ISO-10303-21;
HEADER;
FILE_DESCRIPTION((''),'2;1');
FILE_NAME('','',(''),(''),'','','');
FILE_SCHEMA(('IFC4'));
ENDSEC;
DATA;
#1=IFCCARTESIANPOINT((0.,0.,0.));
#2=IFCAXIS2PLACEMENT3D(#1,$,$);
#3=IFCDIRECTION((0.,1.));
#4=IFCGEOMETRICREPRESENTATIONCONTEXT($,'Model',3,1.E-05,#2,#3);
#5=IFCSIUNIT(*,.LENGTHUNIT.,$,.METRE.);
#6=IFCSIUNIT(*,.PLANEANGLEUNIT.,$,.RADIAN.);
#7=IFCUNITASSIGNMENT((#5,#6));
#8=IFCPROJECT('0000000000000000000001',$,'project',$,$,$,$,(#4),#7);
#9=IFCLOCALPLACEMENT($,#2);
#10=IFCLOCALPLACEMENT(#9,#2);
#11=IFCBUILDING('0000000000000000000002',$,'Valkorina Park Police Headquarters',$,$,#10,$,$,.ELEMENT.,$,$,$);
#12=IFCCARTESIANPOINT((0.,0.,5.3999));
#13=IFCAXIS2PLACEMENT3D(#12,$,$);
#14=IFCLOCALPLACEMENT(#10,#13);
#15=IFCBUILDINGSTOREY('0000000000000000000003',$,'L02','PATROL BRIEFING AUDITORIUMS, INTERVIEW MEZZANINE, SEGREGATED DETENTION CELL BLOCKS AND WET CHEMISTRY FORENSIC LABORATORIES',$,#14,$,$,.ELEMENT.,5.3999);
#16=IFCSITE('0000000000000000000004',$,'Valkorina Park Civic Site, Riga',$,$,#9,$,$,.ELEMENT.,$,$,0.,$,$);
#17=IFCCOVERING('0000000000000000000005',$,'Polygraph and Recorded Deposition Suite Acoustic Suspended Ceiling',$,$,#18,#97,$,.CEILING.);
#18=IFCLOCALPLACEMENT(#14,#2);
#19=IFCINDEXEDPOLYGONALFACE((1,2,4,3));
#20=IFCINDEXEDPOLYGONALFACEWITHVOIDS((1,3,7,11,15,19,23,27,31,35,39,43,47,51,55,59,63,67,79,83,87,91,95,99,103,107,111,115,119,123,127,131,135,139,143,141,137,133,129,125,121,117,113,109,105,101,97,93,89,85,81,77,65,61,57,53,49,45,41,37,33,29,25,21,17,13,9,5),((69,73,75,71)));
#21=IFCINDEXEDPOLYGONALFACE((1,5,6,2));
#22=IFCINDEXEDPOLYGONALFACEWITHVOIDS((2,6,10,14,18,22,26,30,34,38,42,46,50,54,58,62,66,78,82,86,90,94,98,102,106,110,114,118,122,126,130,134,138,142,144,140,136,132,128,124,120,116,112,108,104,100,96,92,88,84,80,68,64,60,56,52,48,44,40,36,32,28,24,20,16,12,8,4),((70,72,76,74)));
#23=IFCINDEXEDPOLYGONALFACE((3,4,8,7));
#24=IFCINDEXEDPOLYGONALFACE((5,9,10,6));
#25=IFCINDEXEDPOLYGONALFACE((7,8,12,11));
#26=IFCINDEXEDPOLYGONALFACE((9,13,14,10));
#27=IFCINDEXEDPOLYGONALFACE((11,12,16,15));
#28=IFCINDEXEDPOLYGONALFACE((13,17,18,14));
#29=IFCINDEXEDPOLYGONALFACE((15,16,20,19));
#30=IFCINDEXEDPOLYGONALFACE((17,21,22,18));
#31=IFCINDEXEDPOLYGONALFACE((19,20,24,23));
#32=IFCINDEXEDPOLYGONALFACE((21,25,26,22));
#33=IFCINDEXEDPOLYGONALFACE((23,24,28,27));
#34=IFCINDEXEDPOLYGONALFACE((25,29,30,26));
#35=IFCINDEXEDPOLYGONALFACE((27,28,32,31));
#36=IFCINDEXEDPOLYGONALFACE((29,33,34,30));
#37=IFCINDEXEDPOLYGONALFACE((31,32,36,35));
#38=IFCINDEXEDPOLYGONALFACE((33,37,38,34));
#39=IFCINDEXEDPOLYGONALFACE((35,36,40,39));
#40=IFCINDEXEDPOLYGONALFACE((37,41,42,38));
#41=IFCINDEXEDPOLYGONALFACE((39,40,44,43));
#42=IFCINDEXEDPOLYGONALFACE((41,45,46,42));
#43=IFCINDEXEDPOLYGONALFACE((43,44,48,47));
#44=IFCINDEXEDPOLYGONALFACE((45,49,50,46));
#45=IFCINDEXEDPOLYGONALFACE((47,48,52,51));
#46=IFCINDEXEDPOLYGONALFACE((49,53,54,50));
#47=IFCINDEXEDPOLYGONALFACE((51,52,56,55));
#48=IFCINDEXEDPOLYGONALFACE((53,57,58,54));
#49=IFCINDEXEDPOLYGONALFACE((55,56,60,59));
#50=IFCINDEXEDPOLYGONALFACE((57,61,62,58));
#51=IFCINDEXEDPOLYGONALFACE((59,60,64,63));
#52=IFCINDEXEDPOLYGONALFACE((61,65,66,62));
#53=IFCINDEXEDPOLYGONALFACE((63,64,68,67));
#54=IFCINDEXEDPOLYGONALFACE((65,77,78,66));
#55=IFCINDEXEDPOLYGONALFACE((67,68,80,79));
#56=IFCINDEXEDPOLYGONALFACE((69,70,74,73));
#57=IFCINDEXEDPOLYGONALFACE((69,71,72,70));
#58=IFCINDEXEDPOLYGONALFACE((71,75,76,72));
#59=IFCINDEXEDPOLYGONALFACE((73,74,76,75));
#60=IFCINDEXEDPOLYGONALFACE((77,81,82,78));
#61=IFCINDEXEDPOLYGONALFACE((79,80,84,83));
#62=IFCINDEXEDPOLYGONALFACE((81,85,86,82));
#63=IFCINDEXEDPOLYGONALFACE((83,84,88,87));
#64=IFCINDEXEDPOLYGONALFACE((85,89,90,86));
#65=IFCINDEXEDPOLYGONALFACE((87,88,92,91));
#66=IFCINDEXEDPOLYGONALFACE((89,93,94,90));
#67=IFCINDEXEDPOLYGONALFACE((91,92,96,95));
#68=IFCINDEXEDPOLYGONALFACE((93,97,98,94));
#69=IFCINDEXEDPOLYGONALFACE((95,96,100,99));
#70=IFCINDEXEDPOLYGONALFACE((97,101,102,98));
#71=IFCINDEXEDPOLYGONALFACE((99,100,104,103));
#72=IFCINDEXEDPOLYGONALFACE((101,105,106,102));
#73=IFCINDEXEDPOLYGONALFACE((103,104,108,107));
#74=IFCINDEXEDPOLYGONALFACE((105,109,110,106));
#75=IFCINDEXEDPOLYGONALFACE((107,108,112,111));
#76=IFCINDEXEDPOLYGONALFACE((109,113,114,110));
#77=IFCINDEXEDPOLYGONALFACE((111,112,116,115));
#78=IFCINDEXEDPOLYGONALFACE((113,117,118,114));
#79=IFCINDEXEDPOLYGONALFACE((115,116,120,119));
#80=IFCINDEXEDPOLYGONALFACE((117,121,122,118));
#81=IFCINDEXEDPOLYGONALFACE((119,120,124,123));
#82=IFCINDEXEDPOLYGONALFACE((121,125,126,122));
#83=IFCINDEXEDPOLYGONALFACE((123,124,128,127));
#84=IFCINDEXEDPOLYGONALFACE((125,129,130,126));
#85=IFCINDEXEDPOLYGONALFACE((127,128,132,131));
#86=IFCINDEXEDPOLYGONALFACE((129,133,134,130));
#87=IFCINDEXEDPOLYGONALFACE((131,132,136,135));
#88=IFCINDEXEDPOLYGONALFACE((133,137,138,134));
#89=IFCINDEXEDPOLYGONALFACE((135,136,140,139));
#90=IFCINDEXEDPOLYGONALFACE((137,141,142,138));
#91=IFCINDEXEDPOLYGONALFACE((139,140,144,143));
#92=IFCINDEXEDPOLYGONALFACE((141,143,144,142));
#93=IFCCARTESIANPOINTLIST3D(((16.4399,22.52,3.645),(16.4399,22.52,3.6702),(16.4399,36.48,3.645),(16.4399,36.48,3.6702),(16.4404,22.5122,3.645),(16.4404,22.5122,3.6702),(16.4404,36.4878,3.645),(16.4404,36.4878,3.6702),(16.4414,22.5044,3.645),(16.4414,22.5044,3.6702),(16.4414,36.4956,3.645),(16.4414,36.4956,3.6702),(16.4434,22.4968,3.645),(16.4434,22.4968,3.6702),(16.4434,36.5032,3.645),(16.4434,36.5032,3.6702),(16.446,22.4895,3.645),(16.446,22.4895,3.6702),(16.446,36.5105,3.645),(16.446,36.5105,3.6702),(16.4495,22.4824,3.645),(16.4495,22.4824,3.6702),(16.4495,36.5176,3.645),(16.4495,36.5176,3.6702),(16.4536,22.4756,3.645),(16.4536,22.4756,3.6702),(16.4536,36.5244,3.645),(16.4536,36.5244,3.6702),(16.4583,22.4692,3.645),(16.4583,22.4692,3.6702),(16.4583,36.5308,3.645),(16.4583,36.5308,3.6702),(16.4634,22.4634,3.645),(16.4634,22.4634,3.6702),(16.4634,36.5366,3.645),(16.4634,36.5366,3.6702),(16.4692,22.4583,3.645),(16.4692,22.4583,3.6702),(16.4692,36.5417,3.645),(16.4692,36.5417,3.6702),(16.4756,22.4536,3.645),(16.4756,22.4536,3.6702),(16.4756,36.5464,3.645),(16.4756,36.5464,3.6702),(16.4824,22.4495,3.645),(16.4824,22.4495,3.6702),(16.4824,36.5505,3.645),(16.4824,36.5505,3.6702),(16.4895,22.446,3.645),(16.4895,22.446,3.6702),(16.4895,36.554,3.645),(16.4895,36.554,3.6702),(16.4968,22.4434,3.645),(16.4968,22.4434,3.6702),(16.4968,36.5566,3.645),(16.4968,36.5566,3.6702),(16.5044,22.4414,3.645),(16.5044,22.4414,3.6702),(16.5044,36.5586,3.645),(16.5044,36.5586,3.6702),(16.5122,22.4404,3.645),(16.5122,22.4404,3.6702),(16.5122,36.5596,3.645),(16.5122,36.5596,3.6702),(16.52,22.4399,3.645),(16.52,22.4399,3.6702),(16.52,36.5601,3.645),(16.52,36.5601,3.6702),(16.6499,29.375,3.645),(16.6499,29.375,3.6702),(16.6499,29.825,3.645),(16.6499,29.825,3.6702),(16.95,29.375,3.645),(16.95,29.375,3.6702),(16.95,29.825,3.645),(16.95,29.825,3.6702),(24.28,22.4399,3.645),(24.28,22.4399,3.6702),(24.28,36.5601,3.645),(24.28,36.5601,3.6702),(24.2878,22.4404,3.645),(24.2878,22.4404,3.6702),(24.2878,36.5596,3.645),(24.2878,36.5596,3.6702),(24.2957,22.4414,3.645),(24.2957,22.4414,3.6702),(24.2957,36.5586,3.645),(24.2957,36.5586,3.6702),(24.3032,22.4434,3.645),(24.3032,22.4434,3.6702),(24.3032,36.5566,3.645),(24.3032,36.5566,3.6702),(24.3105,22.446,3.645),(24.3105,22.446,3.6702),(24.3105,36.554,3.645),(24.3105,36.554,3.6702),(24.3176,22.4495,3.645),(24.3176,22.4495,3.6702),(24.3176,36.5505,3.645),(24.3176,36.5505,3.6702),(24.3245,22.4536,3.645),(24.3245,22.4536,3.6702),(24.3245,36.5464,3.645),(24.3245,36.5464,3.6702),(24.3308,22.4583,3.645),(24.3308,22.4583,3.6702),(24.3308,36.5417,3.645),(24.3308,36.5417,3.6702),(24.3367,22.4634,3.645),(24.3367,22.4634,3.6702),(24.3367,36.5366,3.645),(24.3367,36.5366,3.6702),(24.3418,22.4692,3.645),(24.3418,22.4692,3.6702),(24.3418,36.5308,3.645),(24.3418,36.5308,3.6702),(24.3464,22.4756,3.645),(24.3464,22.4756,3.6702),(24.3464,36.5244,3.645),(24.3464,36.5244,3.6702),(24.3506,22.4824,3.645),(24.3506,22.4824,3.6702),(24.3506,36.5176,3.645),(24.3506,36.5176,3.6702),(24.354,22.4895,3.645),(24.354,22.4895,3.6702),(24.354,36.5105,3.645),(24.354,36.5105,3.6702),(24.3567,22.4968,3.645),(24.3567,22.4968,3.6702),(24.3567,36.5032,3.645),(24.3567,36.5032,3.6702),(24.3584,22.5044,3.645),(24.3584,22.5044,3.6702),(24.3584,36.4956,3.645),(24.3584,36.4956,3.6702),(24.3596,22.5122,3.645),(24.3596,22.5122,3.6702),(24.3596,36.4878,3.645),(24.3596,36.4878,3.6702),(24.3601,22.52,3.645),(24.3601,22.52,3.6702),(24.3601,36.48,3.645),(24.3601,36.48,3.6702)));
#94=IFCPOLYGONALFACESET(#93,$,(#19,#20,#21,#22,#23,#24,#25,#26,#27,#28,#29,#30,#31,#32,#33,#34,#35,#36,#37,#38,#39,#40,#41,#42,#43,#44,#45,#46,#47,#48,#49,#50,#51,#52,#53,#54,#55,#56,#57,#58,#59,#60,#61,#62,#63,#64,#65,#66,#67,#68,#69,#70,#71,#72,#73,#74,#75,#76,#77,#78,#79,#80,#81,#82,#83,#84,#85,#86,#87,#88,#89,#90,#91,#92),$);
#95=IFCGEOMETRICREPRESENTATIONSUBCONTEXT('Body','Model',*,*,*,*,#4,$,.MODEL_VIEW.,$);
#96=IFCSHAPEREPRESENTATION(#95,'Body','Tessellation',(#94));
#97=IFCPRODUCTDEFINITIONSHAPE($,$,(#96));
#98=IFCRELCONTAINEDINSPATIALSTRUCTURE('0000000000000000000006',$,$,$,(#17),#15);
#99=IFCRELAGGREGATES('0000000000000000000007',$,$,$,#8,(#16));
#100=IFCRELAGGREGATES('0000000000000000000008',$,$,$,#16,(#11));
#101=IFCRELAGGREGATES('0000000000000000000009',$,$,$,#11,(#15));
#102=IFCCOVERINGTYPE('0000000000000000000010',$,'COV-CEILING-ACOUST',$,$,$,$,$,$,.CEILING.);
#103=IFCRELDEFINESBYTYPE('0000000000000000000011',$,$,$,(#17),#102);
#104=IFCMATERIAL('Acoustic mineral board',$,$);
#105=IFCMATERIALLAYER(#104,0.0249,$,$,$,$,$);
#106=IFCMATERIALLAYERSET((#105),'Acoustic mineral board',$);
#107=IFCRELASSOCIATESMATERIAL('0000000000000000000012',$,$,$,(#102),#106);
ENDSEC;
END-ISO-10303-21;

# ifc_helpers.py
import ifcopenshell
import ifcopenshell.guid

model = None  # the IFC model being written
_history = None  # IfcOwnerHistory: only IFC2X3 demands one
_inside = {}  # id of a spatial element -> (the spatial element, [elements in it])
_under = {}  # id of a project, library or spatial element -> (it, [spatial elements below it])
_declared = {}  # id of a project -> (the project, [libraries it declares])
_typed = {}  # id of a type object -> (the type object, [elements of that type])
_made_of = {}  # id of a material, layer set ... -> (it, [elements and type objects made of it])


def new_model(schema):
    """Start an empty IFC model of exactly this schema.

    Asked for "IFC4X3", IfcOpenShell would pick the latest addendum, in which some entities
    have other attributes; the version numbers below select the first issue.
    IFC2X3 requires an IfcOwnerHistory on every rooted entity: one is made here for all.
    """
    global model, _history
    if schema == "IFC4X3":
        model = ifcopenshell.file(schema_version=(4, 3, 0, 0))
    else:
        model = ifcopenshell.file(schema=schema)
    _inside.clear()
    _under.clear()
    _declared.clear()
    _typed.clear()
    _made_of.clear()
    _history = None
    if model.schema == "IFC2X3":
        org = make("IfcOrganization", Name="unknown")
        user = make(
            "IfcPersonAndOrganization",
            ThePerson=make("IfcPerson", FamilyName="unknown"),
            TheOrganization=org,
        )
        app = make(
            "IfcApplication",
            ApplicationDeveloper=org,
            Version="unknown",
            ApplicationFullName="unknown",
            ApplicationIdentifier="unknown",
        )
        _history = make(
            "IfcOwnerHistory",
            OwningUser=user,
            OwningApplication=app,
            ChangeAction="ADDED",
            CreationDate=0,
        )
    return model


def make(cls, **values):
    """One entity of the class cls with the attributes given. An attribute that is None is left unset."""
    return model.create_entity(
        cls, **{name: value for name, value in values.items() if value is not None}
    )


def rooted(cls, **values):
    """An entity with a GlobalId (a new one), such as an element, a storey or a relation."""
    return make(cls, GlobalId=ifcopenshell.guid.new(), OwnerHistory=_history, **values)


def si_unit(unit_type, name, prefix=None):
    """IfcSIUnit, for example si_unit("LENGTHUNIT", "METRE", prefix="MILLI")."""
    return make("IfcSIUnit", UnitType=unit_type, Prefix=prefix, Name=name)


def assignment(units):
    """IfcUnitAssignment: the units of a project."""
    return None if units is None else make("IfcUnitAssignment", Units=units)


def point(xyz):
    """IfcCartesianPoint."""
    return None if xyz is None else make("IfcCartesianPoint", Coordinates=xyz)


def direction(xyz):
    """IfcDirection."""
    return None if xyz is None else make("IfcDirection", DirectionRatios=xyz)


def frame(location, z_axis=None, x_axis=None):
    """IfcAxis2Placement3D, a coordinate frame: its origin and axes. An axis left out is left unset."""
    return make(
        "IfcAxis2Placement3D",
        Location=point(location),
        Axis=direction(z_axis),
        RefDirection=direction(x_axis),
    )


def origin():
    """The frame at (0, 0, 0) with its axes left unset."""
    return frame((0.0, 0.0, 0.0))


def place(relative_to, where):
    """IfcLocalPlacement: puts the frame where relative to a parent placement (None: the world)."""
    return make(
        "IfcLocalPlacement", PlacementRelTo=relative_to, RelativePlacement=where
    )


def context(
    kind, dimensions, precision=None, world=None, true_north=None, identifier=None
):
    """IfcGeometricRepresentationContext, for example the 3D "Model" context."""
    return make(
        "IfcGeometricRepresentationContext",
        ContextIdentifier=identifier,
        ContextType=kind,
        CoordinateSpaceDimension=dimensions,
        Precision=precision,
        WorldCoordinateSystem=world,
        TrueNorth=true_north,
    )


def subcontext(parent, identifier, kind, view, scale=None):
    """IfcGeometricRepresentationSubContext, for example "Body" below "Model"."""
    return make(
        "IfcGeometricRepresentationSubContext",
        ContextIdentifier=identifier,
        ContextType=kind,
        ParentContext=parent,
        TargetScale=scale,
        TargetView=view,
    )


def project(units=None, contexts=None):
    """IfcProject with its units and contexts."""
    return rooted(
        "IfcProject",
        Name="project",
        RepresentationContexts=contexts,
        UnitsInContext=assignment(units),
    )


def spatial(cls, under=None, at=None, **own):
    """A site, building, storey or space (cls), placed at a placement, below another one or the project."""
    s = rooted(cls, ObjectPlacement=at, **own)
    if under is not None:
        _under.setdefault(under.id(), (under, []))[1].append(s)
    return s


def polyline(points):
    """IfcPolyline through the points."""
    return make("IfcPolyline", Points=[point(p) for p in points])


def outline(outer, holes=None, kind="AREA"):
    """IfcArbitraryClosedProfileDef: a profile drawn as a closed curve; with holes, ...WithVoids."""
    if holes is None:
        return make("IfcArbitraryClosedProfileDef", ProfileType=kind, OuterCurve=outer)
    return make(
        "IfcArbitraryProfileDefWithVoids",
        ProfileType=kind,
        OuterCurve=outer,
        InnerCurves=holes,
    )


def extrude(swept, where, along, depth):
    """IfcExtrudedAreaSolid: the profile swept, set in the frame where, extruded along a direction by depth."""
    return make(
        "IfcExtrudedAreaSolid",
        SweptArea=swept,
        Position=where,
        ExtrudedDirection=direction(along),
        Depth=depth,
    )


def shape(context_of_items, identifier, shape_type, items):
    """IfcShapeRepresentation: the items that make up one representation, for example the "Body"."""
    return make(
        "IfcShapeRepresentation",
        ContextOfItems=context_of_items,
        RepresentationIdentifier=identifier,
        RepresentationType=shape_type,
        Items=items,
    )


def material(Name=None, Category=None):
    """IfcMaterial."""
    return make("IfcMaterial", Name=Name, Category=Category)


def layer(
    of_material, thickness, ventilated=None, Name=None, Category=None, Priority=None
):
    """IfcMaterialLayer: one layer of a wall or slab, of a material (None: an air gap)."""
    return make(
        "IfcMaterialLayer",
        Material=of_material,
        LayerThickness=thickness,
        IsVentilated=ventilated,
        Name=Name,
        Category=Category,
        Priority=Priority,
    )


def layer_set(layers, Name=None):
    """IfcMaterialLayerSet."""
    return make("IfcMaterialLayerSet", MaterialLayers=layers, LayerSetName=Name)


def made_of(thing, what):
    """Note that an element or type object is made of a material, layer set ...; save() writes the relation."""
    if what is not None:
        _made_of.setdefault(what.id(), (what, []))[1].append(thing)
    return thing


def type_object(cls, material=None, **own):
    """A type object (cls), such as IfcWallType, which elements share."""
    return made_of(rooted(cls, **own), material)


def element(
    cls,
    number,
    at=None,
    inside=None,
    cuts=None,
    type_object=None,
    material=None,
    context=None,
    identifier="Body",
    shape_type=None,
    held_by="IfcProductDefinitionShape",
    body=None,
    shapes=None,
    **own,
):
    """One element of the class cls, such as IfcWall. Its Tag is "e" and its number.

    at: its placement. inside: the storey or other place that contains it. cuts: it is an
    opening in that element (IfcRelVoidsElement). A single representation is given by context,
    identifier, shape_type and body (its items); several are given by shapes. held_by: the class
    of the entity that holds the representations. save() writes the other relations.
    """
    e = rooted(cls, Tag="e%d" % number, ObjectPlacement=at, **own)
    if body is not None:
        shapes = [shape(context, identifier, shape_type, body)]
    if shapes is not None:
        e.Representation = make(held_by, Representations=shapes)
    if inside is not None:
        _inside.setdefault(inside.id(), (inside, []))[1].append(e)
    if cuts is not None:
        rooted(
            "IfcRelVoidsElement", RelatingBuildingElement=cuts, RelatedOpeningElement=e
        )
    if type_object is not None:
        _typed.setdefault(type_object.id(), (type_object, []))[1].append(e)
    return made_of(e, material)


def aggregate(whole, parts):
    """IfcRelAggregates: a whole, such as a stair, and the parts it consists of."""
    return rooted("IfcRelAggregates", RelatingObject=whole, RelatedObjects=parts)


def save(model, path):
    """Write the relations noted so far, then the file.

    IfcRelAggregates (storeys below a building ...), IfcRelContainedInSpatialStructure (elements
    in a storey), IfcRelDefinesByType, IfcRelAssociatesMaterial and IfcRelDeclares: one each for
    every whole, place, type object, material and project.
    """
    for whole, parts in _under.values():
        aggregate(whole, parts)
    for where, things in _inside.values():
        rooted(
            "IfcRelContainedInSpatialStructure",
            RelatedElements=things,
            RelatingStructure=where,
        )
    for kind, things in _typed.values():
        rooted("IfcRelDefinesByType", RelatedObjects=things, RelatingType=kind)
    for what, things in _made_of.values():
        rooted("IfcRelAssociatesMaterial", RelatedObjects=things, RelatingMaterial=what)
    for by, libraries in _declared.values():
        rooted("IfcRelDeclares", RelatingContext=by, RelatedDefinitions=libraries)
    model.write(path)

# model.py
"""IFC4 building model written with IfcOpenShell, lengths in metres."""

from ifc_helpers import new_model, si_unit, direction, frame, origin, place, context, subcontext, project, spatial, polyline, outline, extrude, material, layer, layer_set, type_object, element, save


model = new_model("IFC4")

# Units and contexts
model_context = context("Model", 3, precision=1e-05, world=origin(), true_north=direction((0.0, 1.0)))
body_context = subcontext(model_context, "Body", "Model", "MODEL_VIEW")
ifc_project = project(units=[si_unit("LENGTHUNIT", "METRE"), si_unit("PLANEANGLEUNIT", "RADIAN")], contexts=[model_context])

# Site, building, storey
site_placement = place(None, origin())
site = spatial("IfcSite", under=ifc_project, at=site_placement, Name="Valkorina Park Civic Site, Riga", CompositionType="ELEMENT", RefElevation=0.0)
building_placement = place(site_placement, origin())
building = spatial("IfcBuilding", under=site, at=building_placement, Name="Valkorina Park Police Headquarters", CompositionType="ELEMENT")
storey_placement = place(building_placement, frame((0.0, 0.0, 5.3999)))
storey = spatial("IfcBuildingStorey", under=building, at=storey_placement, Name="L02", Description="PATROL BRIEFING AUDITORIUMS, INTERVIEW MEZZANINE, SEGREGATED DETENTION CELL BLOCKS AND WET CHEMISTRY FORENSIC LABORATORIES", CompositionType="ELEMENT", Elevation=5.3999)

# Covering
ifc_material_1 = material(Name="Acoustic mineral board")
ifc_layer_1 = layer(ifc_material_1, 0.0249)
ifc_layer_set_1 = layer_set([ifc_layer_1], Name="Acoustic mineral board")
covering_type_1 = type_object("IfcCoveringType", Name="COV-CEILING-ACOUST", PredefinedType="CEILING", material=ifc_layer_set_1)
covering_1_placement = place(storey_placement, frame((0.0, 0.0, 3.645)))
element("IfcCovering", 1, at=covering_1_placement, inside=storey, type_object=covering_type_1, Name="Polygraph and Recorded Deposition Suite Acoustic Suspended Ceiling", PredefinedType="CEILING", context=body_context, shape_type="SweptSolid", body=[
    extrude(outline(polyline([(24.3584, 22.5044), (24.3596, 22.5122), (24.3601, 22.52), (24.3601, 36.48), (24.3596, 36.4878), (24.3584, 36.4956), (24.3567, 36.5032), (24.354, 36.5105), (24.3506, 36.5176), (24.3464, 36.5244), (24.3418, 36.5308), (24.3367, 36.5366), (24.3308, 36.5417), (24.3245, 36.5464), (24.3176, 36.5505), (24.3105, 36.554), (24.3032, 36.5566), (24.2957, 36.5586), (24.2878, 36.5596), (24.28, 36.5601), (16.52, 36.5601), (16.5122, 36.5596), (16.5044, 36.5586), (16.4968, 36.5566), (16.4895, 36.554), (16.4824, 36.5505), (16.4756, 36.5464), (16.4692, 36.5417), (16.4634, 36.5366), (16.4583, 36.5308), (16.4536, 36.5244), (16.4495, 36.5176), (16.446, 36.5105), (16.4434, 36.5032), (16.4414, 36.4956), (16.4404, 36.4878), (16.4399, 36.48), (16.4399, 22.52), (16.4404, 22.5122), (16.4414, 22.5044), (16.4434, 22.4968), (16.446, 22.4895), (16.4495, 22.4824), (16.4536, 22.4756), (16.4583, 22.4692), (16.4634, 22.4634), (16.4692, 22.4583), (16.4756, 22.4536), (16.4824, 22.4495), (16.4895, 22.446), (16.4968, 22.4434), (16.5044, 22.4414), (16.5122, 22.4404), (16.52, 22.4399), (24.28, 22.4399), (24.2878, 22.4404), (24.2957, 22.4414), (24.3032, 22.4434), (24.3105, 22.446), (24.3176, 22.4495), (24.3245, 22.4536), (24.3308, 22.4583), (24.3367, 22.4634), (24.3418, 22.4692), (24.3464, 22.4756), (24.3506, 22.4824), (24.354, 22.4895), (24.3567, 22.4968), (24.3584, 22.5044)]), holes=[polyline([(16.95, 29.375), (16.6499, 29.375), (16.6499, 29.825), (16.95, 29.825), (16.95, 29.375)])]), origin(), (0.0, 0.0, 1.0), 0.0251),
])

save(model, "model.ifc")
